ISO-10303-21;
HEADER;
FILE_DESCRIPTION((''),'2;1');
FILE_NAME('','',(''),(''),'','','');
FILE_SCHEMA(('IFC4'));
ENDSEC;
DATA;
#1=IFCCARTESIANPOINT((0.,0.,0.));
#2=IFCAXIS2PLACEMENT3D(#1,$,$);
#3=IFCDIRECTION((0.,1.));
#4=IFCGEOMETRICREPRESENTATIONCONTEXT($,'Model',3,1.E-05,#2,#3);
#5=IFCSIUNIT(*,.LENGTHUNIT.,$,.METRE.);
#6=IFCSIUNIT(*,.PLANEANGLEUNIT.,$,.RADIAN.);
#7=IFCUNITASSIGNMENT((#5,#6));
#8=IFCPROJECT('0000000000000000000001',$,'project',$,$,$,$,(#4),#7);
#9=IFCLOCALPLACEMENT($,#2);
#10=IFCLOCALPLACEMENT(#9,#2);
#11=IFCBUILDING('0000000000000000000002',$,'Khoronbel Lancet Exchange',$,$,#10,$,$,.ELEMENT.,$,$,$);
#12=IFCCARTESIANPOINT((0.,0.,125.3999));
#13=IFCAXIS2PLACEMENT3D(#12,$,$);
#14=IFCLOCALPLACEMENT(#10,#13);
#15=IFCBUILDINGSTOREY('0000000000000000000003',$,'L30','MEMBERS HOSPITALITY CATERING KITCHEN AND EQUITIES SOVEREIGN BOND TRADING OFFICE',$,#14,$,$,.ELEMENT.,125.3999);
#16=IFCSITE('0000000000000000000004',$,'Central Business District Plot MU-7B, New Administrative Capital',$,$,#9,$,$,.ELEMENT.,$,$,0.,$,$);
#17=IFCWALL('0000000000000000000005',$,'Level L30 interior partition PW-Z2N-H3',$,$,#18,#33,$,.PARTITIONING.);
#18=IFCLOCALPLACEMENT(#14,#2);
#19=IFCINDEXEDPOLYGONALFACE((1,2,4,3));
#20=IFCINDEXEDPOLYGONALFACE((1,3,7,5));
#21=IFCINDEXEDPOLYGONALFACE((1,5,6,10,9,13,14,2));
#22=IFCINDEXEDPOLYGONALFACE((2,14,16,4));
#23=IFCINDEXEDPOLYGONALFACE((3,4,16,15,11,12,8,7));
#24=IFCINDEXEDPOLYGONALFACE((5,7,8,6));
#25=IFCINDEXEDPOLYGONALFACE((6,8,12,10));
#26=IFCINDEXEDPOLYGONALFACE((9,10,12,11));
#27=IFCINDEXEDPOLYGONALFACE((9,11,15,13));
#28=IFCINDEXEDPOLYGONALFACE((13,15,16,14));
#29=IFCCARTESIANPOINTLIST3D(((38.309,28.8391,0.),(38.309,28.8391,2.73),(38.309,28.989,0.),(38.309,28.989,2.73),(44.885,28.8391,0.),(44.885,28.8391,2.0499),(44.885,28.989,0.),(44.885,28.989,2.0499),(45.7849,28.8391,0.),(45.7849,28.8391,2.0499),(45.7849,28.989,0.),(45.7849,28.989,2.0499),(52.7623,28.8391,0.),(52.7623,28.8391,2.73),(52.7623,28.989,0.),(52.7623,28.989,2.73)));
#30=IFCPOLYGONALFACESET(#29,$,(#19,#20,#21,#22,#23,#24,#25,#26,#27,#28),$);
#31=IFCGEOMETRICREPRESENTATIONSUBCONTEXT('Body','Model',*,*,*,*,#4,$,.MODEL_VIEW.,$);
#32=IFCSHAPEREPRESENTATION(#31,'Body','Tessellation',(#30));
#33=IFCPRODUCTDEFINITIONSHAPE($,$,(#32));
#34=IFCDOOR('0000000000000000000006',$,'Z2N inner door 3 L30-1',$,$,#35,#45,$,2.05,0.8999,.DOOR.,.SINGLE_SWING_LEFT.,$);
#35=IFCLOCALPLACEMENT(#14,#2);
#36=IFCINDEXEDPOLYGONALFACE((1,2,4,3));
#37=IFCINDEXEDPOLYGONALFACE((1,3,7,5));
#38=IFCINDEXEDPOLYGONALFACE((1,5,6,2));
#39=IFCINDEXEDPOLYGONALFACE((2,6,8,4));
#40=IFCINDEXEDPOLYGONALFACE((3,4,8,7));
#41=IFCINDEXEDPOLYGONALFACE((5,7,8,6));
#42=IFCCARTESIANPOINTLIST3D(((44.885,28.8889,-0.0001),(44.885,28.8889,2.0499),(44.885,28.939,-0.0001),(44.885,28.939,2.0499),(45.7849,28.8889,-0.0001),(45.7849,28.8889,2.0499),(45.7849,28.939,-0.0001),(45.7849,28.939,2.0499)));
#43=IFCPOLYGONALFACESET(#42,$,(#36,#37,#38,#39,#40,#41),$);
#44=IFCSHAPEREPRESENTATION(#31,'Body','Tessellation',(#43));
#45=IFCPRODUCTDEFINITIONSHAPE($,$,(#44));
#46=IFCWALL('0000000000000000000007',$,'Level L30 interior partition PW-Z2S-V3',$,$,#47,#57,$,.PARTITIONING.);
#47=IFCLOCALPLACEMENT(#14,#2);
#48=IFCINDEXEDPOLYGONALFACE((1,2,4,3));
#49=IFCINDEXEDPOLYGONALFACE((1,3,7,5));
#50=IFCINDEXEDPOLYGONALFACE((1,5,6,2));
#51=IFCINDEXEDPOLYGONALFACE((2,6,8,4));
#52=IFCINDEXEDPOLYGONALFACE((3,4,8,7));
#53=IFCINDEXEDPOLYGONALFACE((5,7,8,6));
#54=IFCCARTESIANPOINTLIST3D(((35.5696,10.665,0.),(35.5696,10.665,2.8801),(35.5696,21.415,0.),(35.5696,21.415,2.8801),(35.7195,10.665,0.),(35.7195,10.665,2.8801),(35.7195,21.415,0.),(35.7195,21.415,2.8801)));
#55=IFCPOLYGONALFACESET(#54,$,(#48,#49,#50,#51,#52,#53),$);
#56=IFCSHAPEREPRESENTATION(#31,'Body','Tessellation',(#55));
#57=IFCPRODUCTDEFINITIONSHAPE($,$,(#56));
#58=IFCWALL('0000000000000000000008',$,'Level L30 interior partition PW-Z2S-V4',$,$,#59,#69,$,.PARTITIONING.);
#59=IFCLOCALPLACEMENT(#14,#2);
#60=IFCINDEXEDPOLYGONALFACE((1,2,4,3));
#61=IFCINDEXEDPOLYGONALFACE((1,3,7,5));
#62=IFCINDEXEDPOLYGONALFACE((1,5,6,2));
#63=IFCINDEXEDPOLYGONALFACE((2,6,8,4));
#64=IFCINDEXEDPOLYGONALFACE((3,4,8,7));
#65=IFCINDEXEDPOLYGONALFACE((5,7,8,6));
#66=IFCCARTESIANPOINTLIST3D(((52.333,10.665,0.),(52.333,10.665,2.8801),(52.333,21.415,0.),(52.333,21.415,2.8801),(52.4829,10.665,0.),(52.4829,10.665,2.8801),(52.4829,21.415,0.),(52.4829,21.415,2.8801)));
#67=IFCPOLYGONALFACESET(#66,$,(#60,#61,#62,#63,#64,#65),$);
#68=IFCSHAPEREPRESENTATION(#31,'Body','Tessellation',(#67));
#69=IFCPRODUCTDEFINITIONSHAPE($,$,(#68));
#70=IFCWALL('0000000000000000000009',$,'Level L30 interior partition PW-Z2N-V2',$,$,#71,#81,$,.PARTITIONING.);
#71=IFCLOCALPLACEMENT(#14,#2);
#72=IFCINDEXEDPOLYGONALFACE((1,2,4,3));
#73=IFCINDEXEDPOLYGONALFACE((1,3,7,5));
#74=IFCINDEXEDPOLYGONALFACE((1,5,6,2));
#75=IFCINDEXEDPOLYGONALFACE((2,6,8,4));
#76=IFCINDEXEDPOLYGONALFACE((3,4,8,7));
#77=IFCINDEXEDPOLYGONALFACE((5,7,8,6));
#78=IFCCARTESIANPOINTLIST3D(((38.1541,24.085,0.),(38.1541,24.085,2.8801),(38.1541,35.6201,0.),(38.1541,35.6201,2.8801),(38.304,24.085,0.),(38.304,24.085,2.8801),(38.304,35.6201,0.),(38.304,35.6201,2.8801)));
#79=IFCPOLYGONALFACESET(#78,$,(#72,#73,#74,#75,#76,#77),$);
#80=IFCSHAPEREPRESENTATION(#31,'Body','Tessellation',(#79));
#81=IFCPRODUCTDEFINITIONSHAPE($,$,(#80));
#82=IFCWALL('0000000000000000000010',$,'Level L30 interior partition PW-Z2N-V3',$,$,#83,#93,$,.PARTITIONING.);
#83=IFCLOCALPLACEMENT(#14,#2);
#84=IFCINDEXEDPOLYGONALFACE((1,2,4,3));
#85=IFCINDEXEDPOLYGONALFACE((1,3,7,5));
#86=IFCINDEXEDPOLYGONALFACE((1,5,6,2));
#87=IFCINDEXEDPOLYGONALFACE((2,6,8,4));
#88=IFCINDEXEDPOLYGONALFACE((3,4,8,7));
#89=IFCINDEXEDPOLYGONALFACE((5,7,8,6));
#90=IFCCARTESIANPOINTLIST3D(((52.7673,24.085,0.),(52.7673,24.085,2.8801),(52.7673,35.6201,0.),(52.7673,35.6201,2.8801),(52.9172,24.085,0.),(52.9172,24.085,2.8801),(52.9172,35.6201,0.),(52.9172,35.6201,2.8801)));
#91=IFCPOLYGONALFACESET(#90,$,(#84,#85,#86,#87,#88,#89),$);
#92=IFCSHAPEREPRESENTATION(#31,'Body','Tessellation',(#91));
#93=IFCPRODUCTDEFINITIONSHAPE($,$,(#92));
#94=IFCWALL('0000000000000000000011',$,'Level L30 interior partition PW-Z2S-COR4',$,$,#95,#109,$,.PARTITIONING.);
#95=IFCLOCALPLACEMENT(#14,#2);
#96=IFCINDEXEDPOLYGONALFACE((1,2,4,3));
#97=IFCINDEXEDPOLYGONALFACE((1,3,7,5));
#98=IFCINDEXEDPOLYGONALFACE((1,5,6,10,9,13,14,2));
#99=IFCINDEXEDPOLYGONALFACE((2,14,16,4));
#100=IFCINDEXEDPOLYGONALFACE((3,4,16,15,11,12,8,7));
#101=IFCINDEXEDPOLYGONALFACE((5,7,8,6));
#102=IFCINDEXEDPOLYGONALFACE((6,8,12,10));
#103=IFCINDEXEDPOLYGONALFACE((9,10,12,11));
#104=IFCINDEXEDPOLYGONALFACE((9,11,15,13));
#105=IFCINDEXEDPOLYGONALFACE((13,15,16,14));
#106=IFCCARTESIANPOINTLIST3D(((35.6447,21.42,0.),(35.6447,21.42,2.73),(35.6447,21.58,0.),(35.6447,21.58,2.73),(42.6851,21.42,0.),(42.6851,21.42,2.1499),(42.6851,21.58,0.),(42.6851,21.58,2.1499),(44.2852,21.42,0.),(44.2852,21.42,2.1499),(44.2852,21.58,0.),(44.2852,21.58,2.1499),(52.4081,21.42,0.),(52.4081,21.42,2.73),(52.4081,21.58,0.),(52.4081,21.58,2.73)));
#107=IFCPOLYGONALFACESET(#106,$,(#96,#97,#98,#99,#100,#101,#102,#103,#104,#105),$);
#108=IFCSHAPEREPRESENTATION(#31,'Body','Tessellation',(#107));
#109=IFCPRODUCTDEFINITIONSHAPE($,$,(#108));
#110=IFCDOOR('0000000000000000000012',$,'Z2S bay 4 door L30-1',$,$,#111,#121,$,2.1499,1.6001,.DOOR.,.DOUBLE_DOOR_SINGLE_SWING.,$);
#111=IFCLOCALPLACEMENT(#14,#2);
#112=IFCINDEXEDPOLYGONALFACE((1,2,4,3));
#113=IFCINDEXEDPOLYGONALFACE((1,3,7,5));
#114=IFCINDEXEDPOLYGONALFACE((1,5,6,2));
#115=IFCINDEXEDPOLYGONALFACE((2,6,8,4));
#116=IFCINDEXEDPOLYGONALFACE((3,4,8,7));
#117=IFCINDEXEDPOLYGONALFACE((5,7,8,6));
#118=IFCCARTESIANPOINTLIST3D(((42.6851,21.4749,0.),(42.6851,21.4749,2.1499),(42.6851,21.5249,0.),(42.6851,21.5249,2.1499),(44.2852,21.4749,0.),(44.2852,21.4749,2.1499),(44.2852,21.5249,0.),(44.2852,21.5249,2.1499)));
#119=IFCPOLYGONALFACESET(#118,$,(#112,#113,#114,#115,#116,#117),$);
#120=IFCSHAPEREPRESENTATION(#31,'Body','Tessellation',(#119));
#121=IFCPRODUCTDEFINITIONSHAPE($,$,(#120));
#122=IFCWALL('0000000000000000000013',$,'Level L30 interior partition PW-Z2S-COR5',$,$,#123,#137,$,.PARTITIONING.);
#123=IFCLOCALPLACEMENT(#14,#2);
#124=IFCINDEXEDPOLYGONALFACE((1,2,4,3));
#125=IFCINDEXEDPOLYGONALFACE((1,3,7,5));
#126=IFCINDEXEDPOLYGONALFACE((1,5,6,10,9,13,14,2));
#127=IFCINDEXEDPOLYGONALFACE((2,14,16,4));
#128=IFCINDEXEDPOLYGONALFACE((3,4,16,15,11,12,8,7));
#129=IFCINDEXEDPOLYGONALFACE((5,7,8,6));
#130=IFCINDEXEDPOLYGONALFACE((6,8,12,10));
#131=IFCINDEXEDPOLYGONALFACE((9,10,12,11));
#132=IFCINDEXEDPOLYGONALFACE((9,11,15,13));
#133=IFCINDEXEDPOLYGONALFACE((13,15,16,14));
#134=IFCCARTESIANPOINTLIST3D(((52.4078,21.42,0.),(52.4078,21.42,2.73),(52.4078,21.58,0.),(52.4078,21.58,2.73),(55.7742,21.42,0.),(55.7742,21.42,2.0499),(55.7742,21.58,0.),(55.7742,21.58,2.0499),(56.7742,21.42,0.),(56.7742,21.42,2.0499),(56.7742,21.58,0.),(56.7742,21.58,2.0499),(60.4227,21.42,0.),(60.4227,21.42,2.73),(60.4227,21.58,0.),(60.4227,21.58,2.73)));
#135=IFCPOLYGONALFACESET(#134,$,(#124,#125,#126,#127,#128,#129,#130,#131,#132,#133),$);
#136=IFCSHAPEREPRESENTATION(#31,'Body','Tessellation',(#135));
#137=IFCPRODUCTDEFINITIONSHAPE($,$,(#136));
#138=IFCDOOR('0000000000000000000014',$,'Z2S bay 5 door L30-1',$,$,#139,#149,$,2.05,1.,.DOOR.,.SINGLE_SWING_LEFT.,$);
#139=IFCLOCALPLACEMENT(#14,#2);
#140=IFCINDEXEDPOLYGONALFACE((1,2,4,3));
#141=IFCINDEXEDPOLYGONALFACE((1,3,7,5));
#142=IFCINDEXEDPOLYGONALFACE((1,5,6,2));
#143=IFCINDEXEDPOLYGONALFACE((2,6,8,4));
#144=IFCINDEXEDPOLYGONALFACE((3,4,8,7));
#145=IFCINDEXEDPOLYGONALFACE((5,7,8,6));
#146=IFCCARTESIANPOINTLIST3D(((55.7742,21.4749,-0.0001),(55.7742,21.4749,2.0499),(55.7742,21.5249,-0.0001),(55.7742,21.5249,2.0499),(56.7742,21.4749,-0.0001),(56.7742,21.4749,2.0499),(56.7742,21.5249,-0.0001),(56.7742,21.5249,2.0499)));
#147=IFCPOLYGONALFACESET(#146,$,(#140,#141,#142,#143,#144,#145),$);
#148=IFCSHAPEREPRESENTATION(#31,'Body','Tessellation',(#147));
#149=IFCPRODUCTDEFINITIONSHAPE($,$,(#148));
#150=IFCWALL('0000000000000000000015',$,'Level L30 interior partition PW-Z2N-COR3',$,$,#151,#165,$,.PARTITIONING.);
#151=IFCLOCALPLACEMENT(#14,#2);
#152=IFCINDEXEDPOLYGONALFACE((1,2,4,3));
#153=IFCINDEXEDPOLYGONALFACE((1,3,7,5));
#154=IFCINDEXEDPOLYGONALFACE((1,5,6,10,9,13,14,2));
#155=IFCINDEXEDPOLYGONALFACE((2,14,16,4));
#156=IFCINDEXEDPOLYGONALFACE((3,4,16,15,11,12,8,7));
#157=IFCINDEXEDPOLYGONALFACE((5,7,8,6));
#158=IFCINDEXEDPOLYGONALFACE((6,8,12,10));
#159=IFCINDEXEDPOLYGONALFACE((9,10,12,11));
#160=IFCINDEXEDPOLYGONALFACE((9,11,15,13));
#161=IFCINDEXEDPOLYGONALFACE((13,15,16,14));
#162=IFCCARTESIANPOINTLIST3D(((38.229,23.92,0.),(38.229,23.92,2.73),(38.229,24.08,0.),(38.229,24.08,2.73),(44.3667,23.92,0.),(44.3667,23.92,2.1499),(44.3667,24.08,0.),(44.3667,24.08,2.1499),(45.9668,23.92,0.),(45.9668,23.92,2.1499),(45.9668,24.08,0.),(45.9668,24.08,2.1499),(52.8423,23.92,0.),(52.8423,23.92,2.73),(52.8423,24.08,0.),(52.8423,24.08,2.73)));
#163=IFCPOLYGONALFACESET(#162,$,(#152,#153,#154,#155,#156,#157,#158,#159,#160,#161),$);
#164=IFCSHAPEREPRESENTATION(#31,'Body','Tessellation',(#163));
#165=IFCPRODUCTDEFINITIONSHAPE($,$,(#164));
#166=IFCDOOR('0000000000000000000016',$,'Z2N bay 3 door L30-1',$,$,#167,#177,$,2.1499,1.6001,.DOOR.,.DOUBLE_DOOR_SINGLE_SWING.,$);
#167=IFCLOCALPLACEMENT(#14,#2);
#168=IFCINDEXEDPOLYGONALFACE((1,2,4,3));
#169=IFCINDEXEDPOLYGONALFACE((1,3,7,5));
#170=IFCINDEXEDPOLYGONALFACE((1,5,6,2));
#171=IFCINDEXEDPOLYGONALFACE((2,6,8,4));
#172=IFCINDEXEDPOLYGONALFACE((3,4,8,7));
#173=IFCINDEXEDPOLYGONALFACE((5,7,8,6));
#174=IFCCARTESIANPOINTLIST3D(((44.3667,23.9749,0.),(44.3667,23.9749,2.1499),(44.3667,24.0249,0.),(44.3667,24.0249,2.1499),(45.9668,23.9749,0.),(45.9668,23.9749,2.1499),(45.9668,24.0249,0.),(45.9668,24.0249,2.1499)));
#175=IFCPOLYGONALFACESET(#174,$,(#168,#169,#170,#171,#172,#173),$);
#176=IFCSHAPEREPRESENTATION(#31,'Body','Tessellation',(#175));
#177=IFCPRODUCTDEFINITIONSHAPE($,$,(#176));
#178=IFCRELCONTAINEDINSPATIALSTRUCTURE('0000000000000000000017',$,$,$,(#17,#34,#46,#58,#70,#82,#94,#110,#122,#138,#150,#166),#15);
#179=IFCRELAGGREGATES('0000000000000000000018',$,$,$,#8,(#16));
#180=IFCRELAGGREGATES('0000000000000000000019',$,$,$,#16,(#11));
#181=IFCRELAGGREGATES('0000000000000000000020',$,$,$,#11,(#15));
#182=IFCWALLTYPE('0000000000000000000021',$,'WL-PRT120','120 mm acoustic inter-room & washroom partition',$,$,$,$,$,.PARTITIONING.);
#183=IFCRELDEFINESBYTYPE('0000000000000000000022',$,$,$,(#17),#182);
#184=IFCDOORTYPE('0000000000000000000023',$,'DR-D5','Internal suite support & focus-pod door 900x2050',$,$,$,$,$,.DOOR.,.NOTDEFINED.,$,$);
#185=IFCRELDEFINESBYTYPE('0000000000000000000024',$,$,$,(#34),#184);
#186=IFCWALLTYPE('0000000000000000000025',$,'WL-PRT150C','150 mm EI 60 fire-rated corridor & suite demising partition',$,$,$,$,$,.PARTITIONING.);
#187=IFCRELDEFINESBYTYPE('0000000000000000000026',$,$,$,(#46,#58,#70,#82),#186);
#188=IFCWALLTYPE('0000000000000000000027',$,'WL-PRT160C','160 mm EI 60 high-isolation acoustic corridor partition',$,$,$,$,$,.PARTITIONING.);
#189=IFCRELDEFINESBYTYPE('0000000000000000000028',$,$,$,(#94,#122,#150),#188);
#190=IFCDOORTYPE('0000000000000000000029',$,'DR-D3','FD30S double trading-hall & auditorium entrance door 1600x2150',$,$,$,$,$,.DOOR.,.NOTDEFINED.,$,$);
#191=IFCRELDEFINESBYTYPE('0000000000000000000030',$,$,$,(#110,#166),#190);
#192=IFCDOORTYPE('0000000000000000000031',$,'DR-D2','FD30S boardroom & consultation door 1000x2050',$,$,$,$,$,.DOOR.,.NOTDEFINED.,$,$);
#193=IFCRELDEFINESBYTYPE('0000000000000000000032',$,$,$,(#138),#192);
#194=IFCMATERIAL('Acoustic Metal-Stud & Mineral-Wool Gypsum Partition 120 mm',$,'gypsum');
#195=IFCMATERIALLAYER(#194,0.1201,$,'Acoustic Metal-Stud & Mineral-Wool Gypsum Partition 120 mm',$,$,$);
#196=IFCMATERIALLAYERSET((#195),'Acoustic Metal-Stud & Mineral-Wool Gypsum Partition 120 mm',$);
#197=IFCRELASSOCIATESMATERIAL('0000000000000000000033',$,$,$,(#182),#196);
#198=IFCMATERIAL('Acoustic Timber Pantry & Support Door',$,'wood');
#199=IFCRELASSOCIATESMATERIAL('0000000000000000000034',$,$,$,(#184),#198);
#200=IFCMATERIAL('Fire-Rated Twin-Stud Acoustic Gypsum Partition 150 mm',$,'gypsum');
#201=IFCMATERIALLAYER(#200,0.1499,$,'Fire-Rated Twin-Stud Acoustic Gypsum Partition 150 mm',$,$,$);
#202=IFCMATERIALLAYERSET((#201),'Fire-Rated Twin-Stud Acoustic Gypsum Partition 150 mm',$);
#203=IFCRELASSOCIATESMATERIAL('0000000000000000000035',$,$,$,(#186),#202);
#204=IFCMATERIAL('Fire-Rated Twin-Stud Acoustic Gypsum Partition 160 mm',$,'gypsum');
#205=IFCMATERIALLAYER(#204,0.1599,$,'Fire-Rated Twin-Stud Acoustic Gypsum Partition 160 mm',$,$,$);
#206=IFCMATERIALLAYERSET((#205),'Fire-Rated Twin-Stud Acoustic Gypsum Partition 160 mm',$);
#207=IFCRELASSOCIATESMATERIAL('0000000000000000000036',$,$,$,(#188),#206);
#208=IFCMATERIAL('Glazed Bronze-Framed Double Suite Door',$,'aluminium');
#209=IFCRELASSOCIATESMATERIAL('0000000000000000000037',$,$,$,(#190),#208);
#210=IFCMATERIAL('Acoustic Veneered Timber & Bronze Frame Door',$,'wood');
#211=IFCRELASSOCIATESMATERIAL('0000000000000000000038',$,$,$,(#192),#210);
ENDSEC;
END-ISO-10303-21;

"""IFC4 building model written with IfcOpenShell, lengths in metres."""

from ifc_helpers import new_model, si_unit, direction, frame, frame_2d, origin, place, context, subcontext, project, spatial, rectangle, extrude, material, layer, layer_set, type_object, element, fill, save


model = new_model("IFC4")

# Units and contexts
model_context = context("Model", 3, precision=1e-05, world=origin(), true_north=direction((0.0, 1.0)))
body_context = subcontext(model_context, "Body", "Model", "MODEL_VIEW")
ifc_project = project(units=[si_unit("LENGTHUNIT", "METRE"), si_unit("PLANEANGLEUNIT", "RADIAN")], contexts=[model_context])

# Site, building, storey
site_placement = place(None, origin())
site = spatial("IfcSite", under=ifc_project, at=site_placement, Name="Central Business District Plot MU-7B, New Administrative Capital", CompositionType="ELEMENT", RefElevation=0.0)
building_placement = place(site_placement, origin())
building = spatial("IfcBuilding", under=site, at=building_placement, Name="Khoronbel Lancet Exchange", CompositionType="ELEMENT")
storey_placement = place(building_placement, frame((0.0, 0.0, 125.3999)))
storey = spatial("IfcBuildingStorey", under=building, at=storey_placement, Name="L30", Description="MEMBERS HOSPITALITY CATERING KITCHEN AND EQUITIES SOVEREIGN BOND TRADING OFFICE", CompositionType="ELEMENT", Elevation=125.3999)

# Wall, opening, door
ifc_material_1 = material(Name="Acoustic Metal-Stud & Mineral-Wool Gypsum Partition 120 mm", Category="gypsum")
ifc_layer_1 = layer(ifc_material_1, 0.1201, Name="Acoustic Metal-Stud & Mineral-Wool Gypsum Partition 120 mm")
ifc_layer_set_1 = layer_set([ifc_layer_1], Name="Acoustic Metal-Stud & Mineral-Wool Gypsum Partition 120 mm")
wall_type_1 = type_object("IfcWallType", Name="WL-PRT120", Description="120 mm acoustic inter-room & washroom partition", PredefinedType="PARTITIONING", material=ifc_layer_set_1)
ifc_material_2 = material(Name="Acoustic Timber Pantry & Support Door", Category="wood")
door_type_1 = type_object("IfcDoorType", Name="DR-D5", Description="Internal suite support & focus-pod door 900x2050", OperationType="NOTDEFINED", PredefinedType="DOOR", material=ifc_material_2)
wall_1_placement = place(storey_placement, frame((38.3091, 28.9141, 0.0), z_axis=(0.0, 0.0, 1.0), x_axis=(1.0, 0.0, 0.0)))
wall_1 = element("IfcWall", 1, at=wall_1_placement, inside=storey, type_object=wall_type_1, Name="Level L30 interior partition PW-Z2N-H3", PredefinedType="PARTITIONING", context=body_context, shape_type="SweptSolid", body=[
    extrude(rectangle(XDim=14.4534, YDim=0.1499, at=frame_2d((7.2266, 0.0))), origin(), (0.0, 0.0, 1.0), 2.73),
])
opening_1_placement = place(wall_1_placement, frame((6.5759, 0.0, 0.0)))
opening_1 = element("IfcOpeningElement", 2, at=opening_1_placement, cuts=wall_1, PredefinedType="OPENING", context=body_context, shape_type="SweptSolid", body=[
    extrude(rectangle(XDim=0.8999, YDim=2.05, at=frame_2d((0.45, 1.0249))), frame((0.0, 0.085, 0.0), z_axis=(0.0, -1.0, 0.0), x_axis=(1.0, 0.0, 0.0)), (0.0, 0.0, 1.0), 0.1699),
])
door_1_placement = place(opening_1_placement, origin())
door_1 = element("IfcDoor", 3, at=door_1_placement, inside=storey, type_object=door_type_1, Name="Z2N inner door 3 L30-1", OperationType="SINGLE_SWING_LEFT", OverallHeight=2.05, OverallWidth=0.8999, PredefinedType="DOOR", context=body_context, shape_type="SweptSolid", body=[
    extrude(rectangle(XDim=0.8999, YDim=2.05, at=frame_2d((0.45, 1.0249))), frame((0.0, 0.0249, 0.0), z_axis=(0.0, -1.0, 0.0), x_axis=(1.0, 0.0, 0.0)), (0.0, 0.0, 1.0), 0.05),
])
fill(opening_1, door_1)

# Walls
ifc_material_3 = material(Name="Fire-Rated Twin-Stud Acoustic Gypsum Partition 150 mm", Category="gypsum")
ifc_layer_2 = layer(ifc_material_3, 0.1499, Name="Fire-Rated Twin-Stud Acoustic Gypsum Partition 150 mm")
ifc_layer_set_2 = layer_set([ifc_layer_2], Name="Fire-Rated Twin-Stud Acoustic Gypsum Partition 150 mm")
wall_type_2 = type_object("IfcWallType", Name="WL-PRT150C", Description="150 mm EI 60 fire-rated corridor & suite demising partition", PredefinedType="PARTITIONING", material=ifc_layer_set_2)
for number, where, z_axis, x_axis, name in (
    (4, (35.6445, 10.665, 0.0), (0.0, 0.0, 1.0), (0.0, 1.0, 0.0), "Level L30 interior partition PW-Z2S-V3"),
    (5, (52.408, 10.665, 0.0), (0.0, 0.0, 1.0), (0.0, 1.0, 0.0), "Level L30 interior partition PW-Z2S-V4"),
):
    element("IfcWall", number, at=place(storey_placement, frame(where, z_axis=z_axis, x_axis=x_axis)), inside=storey, type_object=wall_type_2, Name=name, PredefinedType="PARTITIONING", context=body_context, shape_type="SweptSolid", body=[
        extrude(rectangle(XDim=10.75, YDim=0.1499, at=frame_2d((5.375, 0.0))), origin(), (0.0, 0.0, 1.0), 2.8801),
    ])
for number, where, z_axis, x_axis, name in (
    (6, (38.229, 24.085, 0.0), (0.0, 0.0, 1.0), (0.0, 1.0, 0.0), "Level L30 interior partition PW-Z2N-V2"),
    (7, (52.8423, 24.085, 0.0), (0.0, 0.0, 1.0), (0.0, 1.0, 0.0), "Level L30 interior partition PW-Z2N-V3"),
):
    element("IfcWall", number, at=place(storey_placement, frame(where, z_axis=z_axis, x_axis=x_axis)), inside=storey, type_object=wall_type_2, Name=name, PredefinedType="PARTITIONING", context=body_context, shape_type="SweptSolid", body=[
        extrude(rectangle(XDim=11.5352, YDim=0.1499, at=frame_2d((5.7676, 0.0))), origin(), (0.0, 0.0, 1.0), 2.8801),
    ])

# Walls, openings, doors
ifc_material_4 = material(Name="Fire-Rated Twin-Stud Acoustic Gypsum Partition 160 mm", Category="gypsum")
ifc_layer_3 = layer(ifc_material_4, 0.1599, Name="Fire-Rated Twin-Stud Acoustic Gypsum Partition 160 mm")
ifc_layer_set_3 = layer_set([ifc_layer_3], Name="Fire-Rated Twin-Stud Acoustic Gypsum Partition 160 mm")
wall_type_3 = type_object("IfcWallType", Name="WL-PRT160C", Description="160 mm EI 60 high-isolation acoustic corridor partition", PredefinedType="PARTITIONING", material=ifc_layer_set_3)
wall_2_placement = place(storey_placement, frame((35.6445, 21.5, 0.0), z_axis=(0.0, 0.0, 1.0), x_axis=(1.0, 0.0, 0.0)))
wall_2 = element("IfcWall", 8, at=wall_2_placement, inside=storey, type_object=wall_type_3, Name="Level L30 interior partition PW-Z2S-COR4", PredefinedType="PARTITIONING", context=body_context, shape_type="SweptSolid", body=[
    extrude(rectangle(XDim=16.7634, YDim=0.1599, at=frame_2d((8.3818, 0.0))), origin(), (0.0, 0.0, 1.0), 2.73),
])
opening_2_placement = place(wall_2_placement, frame((7.0405, 0.0, 0.0)))
opening_2 = element("IfcOpeningElement", 9, at=opening_2_placement, cuts=wall_2, PredefinedType="OPENING", context=body_context, shape_type="SweptSolid", body=[
    extrude(rectangle(XDim=1.6001, YDim=2.1499, at=frame_2d((0.8, 1.075))), frame((0.0, 0.0898, 0.0), z_axis=(0.0, -1.0, 0.0), x_axis=(1.0, 0.0, 0.0)), (0.0, 0.0, 1.0), 0.1799),
])
ifc_material_5 = material(Name="Glazed Bronze-Framed Double Suite Door", Category="aluminium")
door_type_2 = type_object("IfcDoorType", Name="DR-D3", Description="FD30S double trading-hall & auditorium entrance door 1600x2150", OperationType="NOTDEFINED", PredefinedType="DOOR", material=ifc_material_5)
door_2_placement = place(opening_2_placement, origin())
door_2 = element("IfcDoor", 10, at=door_2_placement, inside=storey, type_object=door_type_2, Name="Z2S bay 4 door L30-1", OperationType="DOUBLE_DOOR_SINGLE_SWING", OverallHeight=2.1499, OverallWidth=1.6001, PredefinedType="DOOR", context=body_context, shape_type="SweptSolid", body=[
    extrude(rectangle(XDim=1.6001, YDim=2.1499, at=frame_2d((0.8, 1.075))), frame((0.0, 0.0249, 0.0), z_axis=(0.0, -1.0, 0.0), x_axis=(1.0, 0.0, 0.0)), (0.0, 0.0, 1.0), 0.05),
])
fill(opening_2, door_2)
wall_3_placement = place(storey_placement, frame((52.408, 21.5, 0.0), z_axis=(0.0, 0.0, 1.0), x_axis=(1.0, 0.0, 0.0)))
wall_3 = element("IfcWall", 11, at=wall_3_placement, inside=storey, type_object=wall_type_3, Name="Level L30 interior partition PW-Z2S-COR5", PredefinedType="PARTITIONING", context=body_context, shape_type="SweptSolid", body=[
    extrude(rectangle(XDim=8.0149, YDim=0.1599, at=frame_2d((4.0073, 0.0))), origin(), (0.0, 0.0, 1.0), 2.73),
])
opening_3_placement = place(wall_3_placement, frame((3.3662, 0.0, 0.0)))
opening_3 = element("IfcOpeningElement", 12, at=opening_3_placement, cuts=wall_3, PredefinedType="OPENING", context=body_context, shape_type="SweptSolid", body=[
    extrude(rectangle(XDim=1.0, YDim=2.05, at=frame_2d((0.5, 1.0249))), frame((0.0, 0.0898, 0.0), z_axis=(0.0, -1.0, 0.0), x_axis=(1.0, 0.0, 0.0)), (0.0, 0.0, 1.0), 0.1799),
])
ifc_material_6 = material(Name="Acoustic Veneered Timber & Bronze Frame Door", Category="wood")
door_type_3 = type_object("IfcDoorType", Name="DR-D2", Description="FD30S boardroom & consultation door 1000x2050", OperationType="NOTDEFINED", PredefinedType="DOOR", material=ifc_material_6)
door_3_placement = place(opening_3_placement, origin())
door_3 = element("IfcDoor", 13, at=door_3_placement, inside=storey, type_object=door_type_3, Name="Z2S bay 5 door L30-1", OperationType="SINGLE_SWING_LEFT", OverallHeight=2.05, OverallWidth=1.0, PredefinedType="DOOR", context=body_context, shape_type="SweptSolid", body=[
    extrude(rectangle(XDim=1.0, YDim=2.05, at=frame_2d((0.5, 1.0249))), frame((0.0, 0.0249, 0.0), z_axis=(0.0, -1.0, 0.0), x_axis=(1.0, 0.0, 0.0)), (0.0, 0.0, 1.0), 0.05),
])
fill(opening_3, door_3)
wall_4_placement = place(storey_placement, frame((38.229, 24.0, 0.0), z_axis=(0.0, 0.0, 1.0), x_axis=(1.0, 0.0, 0.0)))
wall_4 = element("IfcWall", 14, at=wall_4_placement, inside=storey, type_object=wall_type_3, Name="Level L30 interior partition PW-Z2N-COR3", PredefinedType="PARTITIONING", context=body_context, shape_type="SweptSolid", body=[
    extrude(rectangle(XDim=14.6133, YDim=0.1599, at=frame_2d((7.3066, 0.0))), origin(), (0.0, 0.0, 1.0), 2.73),
])
opening_4_placement = place(wall_4_placement, frame((6.1377, 0.0, 0.0)))
opening_4 = element("IfcOpeningElement", 15, at=opening_4_placement, cuts=wall_4, PredefinedType="OPENING", context=body_context, shape_type="SweptSolid", body=[
    extrude(rectangle(XDim=1.6001, YDim=2.1499, at=frame_2d((0.8, 1.075))), frame((0.0, 0.0898, 0.0), z_axis=(0.0, -1.0, 0.0), x_axis=(1.0, 0.0, 0.0)), (0.0, 0.0, 1.0), 0.1799),
])
door_4_placement = place(opening_4_placement, origin())
door_4 = element("IfcDoor", 16, at=door_4_placement, inside=storey, type_object=door_type_2, Name="Z2N bay 3 door L30-1", OperationType="DOUBLE_DOOR_SINGLE_SWING", OverallHeight=2.1499, OverallWidth=1.6001, PredefinedType="DOOR", context=body_context, shape_type="SweptSolid", body=[
    extrude(rectangle(XDim=1.6001, YDim=2.1499, at=frame_2d((0.8, 1.075))), frame((0.0, 0.0249, 0.0), z_axis=(0.0, -1.0, 0.0), x_axis=(1.0, 0.0, 0.0)), (0.0, 0.0, 1.0), 0.05),
])
fill(opening_4, door_4)

save(model, "model.ifc")
